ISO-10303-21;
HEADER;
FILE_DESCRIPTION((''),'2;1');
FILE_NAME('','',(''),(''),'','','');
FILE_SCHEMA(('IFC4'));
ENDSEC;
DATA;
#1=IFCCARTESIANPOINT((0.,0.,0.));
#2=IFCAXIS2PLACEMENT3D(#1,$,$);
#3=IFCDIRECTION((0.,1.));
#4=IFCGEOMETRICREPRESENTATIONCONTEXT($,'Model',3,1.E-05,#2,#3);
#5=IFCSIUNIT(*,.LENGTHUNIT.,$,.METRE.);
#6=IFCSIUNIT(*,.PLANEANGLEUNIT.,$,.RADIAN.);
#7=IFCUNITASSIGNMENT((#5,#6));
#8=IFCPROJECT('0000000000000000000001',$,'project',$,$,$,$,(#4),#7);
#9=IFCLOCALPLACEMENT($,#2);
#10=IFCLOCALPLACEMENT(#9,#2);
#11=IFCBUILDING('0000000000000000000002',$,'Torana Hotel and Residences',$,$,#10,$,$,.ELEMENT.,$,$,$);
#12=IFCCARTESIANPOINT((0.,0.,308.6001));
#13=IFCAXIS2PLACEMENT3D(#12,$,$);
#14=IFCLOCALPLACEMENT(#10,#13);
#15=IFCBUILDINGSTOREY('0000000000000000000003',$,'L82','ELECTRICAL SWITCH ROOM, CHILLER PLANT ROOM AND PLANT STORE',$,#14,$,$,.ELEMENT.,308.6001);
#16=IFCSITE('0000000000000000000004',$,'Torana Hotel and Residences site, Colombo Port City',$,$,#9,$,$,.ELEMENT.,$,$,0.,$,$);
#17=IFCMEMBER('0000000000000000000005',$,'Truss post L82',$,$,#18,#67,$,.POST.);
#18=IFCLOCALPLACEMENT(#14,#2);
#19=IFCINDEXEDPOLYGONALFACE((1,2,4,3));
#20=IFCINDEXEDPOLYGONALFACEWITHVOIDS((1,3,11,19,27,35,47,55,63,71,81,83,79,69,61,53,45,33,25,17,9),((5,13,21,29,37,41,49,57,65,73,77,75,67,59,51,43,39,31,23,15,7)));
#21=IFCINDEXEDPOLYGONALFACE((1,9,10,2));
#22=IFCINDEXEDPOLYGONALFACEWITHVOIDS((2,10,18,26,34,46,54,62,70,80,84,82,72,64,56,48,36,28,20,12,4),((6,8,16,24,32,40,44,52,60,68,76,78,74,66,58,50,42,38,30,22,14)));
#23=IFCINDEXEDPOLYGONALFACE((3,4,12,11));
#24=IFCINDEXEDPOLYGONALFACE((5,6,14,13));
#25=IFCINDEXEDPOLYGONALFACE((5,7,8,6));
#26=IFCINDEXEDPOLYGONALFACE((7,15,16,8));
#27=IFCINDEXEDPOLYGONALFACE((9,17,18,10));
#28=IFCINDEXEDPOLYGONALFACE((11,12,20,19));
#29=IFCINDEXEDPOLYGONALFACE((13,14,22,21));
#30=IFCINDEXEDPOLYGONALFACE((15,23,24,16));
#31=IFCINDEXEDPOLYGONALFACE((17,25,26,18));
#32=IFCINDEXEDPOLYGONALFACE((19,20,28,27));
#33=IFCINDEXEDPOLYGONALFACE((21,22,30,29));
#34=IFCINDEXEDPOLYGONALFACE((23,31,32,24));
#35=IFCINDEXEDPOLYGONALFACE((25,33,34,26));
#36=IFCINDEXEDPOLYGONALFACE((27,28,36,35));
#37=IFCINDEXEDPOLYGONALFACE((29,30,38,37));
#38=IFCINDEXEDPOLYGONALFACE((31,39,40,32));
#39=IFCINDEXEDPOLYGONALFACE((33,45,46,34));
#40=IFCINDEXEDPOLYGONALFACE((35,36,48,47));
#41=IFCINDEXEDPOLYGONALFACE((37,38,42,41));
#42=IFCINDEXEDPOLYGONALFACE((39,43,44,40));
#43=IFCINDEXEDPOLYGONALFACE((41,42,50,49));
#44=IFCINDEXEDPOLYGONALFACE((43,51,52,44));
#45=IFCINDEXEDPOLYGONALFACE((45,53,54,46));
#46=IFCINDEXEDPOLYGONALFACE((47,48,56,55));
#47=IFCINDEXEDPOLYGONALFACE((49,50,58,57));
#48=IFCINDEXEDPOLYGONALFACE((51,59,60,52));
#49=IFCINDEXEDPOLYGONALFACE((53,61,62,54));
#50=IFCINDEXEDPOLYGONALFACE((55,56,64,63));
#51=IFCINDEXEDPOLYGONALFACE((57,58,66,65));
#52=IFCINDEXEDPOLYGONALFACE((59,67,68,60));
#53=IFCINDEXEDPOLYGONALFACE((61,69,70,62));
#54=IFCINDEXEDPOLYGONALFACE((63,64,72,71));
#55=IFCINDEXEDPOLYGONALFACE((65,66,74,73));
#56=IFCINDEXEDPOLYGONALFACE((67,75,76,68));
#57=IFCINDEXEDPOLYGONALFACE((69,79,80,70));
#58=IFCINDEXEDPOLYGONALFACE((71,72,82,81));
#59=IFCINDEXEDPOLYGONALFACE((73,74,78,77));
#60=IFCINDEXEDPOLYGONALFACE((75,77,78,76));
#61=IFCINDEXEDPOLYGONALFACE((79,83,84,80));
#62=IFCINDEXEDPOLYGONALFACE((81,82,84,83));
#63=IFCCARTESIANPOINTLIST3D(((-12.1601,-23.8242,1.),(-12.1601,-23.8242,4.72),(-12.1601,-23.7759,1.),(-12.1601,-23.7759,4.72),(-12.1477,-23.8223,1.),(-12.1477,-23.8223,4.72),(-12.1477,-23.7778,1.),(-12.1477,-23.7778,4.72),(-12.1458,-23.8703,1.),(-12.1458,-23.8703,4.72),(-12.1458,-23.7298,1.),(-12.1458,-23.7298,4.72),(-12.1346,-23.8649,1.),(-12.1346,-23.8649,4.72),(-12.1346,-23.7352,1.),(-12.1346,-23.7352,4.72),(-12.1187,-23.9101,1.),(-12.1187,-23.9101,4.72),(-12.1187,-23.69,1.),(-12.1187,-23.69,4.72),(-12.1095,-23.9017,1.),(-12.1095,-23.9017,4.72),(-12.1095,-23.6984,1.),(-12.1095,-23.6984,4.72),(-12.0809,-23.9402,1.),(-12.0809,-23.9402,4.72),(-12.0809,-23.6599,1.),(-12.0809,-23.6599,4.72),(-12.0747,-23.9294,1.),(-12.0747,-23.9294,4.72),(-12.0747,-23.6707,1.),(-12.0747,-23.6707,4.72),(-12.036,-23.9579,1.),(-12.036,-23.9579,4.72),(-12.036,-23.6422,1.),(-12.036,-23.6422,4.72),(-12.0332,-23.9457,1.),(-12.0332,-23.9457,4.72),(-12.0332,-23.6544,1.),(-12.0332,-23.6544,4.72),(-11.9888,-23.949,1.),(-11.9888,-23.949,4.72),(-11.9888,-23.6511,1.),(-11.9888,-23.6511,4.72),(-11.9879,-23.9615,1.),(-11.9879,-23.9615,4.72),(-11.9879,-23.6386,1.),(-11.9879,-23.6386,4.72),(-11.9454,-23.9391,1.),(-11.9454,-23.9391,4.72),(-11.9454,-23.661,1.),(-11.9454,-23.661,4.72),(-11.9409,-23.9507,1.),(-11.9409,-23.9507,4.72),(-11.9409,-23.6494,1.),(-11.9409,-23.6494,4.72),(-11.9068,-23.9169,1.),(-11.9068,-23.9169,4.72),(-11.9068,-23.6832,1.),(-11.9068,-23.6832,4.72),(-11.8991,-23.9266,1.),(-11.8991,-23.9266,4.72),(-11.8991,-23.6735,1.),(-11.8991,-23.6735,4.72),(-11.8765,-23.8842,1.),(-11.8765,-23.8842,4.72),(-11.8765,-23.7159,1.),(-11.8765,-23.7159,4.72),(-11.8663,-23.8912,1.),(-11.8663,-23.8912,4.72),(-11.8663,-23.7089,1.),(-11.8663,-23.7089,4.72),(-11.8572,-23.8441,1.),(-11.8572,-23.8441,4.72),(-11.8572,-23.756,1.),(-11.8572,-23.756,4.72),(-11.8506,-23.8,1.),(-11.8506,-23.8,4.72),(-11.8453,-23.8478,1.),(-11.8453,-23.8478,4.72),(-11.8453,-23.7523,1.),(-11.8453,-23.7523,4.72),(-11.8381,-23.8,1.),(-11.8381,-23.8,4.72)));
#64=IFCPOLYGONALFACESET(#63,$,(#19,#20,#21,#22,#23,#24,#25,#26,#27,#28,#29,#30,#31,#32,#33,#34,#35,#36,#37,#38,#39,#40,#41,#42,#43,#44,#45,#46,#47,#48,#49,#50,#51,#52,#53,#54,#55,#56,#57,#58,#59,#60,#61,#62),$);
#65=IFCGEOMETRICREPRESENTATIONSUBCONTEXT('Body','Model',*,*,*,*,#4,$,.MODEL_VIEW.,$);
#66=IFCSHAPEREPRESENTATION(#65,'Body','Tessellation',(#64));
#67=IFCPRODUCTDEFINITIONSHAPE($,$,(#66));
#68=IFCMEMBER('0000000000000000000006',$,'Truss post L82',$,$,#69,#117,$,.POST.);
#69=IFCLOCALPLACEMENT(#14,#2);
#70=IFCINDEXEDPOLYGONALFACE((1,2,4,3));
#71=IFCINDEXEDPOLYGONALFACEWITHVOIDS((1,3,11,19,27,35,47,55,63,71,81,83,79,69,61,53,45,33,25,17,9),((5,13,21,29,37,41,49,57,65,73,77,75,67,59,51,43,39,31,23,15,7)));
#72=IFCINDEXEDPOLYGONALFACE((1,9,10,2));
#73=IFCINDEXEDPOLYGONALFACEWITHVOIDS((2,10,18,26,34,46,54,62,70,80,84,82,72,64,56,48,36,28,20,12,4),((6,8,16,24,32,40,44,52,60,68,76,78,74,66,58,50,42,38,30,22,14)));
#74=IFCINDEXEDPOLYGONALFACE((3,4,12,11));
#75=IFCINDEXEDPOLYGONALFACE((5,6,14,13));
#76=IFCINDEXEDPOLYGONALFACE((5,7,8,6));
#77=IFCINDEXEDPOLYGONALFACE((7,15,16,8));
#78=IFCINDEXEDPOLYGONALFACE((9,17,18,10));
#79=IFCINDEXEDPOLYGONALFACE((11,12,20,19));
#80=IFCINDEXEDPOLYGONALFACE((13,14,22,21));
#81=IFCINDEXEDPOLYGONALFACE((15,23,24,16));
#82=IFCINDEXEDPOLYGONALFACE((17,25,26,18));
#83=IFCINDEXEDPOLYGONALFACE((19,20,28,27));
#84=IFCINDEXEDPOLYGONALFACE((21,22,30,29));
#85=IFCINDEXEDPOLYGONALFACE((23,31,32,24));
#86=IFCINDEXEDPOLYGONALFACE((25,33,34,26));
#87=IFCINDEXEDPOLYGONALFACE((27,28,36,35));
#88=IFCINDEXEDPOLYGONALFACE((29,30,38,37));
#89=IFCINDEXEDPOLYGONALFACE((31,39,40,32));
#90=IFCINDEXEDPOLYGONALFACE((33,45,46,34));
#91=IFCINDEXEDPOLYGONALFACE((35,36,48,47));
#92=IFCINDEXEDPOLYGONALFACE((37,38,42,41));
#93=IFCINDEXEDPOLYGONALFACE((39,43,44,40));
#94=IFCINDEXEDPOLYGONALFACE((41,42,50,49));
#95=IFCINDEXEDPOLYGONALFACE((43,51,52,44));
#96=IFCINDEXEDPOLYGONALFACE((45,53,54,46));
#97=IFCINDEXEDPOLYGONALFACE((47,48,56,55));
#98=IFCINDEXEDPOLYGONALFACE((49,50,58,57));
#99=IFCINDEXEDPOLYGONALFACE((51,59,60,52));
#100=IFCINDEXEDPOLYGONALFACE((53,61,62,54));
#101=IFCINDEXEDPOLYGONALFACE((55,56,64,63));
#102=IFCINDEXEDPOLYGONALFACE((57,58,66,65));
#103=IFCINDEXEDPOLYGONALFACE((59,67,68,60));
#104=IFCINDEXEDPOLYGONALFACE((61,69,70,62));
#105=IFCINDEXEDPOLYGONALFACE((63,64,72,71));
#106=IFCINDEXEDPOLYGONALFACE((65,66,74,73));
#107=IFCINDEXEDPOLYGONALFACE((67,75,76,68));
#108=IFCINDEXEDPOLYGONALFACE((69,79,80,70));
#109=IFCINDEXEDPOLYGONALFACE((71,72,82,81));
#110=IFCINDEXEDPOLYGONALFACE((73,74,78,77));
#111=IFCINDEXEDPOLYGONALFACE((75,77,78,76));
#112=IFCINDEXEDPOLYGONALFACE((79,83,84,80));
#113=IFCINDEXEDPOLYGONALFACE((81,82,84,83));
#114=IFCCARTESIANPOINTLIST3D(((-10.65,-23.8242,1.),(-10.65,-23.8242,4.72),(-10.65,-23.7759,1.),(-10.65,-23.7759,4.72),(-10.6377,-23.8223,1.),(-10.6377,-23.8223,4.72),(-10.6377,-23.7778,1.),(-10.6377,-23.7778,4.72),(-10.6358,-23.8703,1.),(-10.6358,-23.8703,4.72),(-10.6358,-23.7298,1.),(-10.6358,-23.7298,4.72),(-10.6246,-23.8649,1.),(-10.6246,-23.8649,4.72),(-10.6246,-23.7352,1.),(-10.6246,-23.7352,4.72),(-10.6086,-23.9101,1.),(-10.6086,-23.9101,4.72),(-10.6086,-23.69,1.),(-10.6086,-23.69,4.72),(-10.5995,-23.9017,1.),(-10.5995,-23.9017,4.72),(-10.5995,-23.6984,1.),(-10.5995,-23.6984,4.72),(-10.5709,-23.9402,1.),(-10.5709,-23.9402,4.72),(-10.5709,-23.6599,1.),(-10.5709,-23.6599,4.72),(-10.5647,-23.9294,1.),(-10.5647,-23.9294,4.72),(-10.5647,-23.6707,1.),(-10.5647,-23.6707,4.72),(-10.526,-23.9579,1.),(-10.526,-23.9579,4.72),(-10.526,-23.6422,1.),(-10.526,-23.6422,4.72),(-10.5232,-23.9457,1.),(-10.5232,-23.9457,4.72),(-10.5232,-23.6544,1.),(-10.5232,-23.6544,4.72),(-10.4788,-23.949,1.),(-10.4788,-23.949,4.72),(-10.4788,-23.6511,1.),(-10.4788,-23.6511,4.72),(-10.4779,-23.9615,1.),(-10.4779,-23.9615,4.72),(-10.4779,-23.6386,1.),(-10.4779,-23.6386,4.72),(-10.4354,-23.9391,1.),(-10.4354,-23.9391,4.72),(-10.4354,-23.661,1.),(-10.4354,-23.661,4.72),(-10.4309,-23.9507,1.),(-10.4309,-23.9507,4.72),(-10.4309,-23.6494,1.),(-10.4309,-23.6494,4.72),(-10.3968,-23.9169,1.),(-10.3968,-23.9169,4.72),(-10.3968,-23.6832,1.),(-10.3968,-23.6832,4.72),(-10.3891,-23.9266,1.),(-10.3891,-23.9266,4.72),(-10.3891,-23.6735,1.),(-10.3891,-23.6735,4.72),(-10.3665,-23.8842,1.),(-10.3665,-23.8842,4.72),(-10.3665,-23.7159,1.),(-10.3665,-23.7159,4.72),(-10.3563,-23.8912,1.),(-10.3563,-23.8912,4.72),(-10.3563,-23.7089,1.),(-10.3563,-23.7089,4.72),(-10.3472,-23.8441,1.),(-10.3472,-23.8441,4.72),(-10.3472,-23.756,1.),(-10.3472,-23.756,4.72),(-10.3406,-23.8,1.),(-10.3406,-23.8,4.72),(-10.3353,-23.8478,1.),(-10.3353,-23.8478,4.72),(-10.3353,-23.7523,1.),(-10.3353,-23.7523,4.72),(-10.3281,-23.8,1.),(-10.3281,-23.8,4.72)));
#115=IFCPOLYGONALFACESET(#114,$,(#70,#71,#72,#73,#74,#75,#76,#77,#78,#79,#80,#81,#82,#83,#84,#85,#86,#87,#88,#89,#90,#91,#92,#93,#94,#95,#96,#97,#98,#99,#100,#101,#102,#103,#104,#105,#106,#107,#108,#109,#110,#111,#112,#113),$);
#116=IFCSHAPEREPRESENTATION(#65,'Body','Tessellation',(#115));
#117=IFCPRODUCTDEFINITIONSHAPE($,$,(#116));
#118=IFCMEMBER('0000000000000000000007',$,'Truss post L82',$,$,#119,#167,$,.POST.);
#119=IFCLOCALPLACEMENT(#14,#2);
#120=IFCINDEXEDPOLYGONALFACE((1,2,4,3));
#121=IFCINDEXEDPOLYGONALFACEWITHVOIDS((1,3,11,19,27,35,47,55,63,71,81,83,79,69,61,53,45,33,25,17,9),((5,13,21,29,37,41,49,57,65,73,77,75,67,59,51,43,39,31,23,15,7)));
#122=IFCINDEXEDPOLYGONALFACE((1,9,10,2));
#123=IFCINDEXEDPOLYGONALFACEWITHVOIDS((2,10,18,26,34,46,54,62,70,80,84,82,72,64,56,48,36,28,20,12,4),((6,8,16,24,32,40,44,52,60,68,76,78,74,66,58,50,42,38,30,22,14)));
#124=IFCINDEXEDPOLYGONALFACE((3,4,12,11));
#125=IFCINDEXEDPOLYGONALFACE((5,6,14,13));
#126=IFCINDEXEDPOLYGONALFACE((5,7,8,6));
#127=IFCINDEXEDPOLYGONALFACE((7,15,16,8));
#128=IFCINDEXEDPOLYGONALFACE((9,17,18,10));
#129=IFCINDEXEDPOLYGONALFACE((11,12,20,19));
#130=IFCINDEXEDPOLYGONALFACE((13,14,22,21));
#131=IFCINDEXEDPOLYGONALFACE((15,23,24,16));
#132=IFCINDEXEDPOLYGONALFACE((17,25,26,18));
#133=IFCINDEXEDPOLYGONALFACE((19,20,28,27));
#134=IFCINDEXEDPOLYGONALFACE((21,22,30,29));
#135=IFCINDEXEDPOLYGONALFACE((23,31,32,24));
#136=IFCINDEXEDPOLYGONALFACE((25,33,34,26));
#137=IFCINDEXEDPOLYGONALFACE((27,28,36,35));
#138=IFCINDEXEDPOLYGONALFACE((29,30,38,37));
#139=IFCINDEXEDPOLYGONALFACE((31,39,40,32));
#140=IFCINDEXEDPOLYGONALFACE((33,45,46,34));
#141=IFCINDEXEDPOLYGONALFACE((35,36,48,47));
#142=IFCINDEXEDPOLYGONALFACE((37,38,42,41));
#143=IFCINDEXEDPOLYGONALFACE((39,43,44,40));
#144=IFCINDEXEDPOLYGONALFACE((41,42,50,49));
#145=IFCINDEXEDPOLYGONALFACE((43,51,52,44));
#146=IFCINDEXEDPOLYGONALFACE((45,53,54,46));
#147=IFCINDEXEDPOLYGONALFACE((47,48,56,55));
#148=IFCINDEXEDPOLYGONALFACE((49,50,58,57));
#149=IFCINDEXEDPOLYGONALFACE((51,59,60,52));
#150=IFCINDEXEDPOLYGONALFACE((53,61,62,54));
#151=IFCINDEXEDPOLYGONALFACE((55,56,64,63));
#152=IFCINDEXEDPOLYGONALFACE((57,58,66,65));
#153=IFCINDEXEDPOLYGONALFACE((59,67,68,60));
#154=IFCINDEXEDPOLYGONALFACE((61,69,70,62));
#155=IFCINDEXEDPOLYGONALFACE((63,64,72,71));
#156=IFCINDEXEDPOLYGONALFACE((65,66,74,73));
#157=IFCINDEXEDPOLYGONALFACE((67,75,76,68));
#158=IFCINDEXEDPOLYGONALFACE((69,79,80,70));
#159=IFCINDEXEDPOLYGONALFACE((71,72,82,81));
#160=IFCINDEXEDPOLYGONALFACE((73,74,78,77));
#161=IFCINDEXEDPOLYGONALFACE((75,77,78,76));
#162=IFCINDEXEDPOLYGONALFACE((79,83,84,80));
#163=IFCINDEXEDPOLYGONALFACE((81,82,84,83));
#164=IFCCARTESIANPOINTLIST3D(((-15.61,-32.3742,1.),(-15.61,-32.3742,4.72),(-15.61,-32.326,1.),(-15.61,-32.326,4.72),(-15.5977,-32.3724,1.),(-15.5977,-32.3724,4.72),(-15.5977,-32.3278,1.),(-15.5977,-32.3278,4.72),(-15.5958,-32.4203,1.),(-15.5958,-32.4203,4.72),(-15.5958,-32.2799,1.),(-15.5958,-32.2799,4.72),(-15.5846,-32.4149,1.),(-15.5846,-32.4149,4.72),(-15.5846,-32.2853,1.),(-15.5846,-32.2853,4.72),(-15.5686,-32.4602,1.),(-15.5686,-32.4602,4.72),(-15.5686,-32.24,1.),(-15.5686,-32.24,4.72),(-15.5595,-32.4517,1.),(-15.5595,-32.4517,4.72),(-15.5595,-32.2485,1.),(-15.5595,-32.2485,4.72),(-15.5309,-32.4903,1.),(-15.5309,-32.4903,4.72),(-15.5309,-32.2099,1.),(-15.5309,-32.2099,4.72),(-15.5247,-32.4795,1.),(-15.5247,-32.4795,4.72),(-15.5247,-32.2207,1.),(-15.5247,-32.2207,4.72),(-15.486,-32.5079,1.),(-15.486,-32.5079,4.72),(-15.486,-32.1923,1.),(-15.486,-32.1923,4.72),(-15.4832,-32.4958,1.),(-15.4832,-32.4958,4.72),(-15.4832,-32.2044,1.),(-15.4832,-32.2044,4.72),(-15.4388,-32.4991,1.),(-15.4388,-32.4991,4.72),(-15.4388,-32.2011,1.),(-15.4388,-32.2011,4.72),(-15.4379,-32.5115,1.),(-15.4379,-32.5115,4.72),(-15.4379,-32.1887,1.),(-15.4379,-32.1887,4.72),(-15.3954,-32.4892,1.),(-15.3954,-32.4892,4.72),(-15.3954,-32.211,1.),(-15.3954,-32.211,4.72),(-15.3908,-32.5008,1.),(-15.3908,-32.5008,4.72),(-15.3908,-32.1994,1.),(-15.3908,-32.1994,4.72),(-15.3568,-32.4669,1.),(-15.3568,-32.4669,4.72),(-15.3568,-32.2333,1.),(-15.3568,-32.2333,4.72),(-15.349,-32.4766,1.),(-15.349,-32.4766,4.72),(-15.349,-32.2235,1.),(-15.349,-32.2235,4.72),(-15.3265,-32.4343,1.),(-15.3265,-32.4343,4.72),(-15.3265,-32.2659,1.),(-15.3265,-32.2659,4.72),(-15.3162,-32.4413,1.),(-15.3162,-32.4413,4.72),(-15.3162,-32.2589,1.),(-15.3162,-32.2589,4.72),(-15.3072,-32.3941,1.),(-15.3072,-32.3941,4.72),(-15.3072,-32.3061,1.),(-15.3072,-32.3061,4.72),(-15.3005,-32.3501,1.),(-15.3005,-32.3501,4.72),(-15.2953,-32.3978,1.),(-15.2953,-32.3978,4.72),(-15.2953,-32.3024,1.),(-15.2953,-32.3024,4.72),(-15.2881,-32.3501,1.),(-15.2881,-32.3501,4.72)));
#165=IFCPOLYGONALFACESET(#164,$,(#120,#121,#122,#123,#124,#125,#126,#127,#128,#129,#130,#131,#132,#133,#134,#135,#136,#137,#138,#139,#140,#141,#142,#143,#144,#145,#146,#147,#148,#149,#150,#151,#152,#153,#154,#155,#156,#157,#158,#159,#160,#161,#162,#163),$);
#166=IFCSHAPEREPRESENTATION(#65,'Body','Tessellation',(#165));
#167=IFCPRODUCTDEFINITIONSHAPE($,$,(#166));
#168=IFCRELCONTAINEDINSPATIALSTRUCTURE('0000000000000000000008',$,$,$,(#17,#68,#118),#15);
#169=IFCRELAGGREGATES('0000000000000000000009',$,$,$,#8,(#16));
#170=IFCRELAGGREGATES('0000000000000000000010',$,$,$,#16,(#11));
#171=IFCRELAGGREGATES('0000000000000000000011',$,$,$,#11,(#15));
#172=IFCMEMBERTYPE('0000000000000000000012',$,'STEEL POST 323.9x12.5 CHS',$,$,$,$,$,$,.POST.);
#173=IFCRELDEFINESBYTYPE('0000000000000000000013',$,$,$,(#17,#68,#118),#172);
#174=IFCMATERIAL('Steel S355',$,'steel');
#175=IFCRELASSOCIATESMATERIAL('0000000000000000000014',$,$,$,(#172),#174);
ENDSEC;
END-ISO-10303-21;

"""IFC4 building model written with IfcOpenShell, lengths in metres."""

from ifc_helpers import new_model, si_unit, direction, frame, origin, origin_2d, place, context, subcontext, project, spatial, hollow_circle, extrude, material, material_profile, profile_set, type_object, element, save


model = new_model("IFC4")

# Units and contexts
model_context = context("Model", 3, precision=1e-05, world=origin(), true_north=direction((0.0, 1.0)))
body_context = subcontext(model_context, "Body", "Model", "MODEL_VIEW")
ifc_project = project(units=[si_unit("LENGTHUNIT", "METRE"), si_unit("PLANEANGLEUNIT", "RADIAN")], contexts=[model_context])

# Site, building, storey
site_placement = place(None, origin())
site = spatial("IfcSite", under=ifc_project, at=site_placement, Name="Torana Hotel and Residences site, Colombo Port City", CompositionType="ELEMENT", RefElevation=0.0)
building_placement = place(site_placement, origin())
building = spatial("IfcBuilding", under=site, at=building_placement, Name="Torana Hotel and Residences", CompositionType="ELEMENT")
storey_placement = place(building_placement, frame((0.0, 0.0, 308.6001)))
storey = spatial("IfcBuildingStorey", under=building, at=storey_placement, Name="L82", Description="ELECTRICAL SWITCH ROOM, CHILLER PLANT ROOM AND PLANT STORE", CompositionType="ELEMENT", Elevation=308.6001)

# Members
ifc_material_1 = material(Name="Steel S355", Category="steel")
ifc_material_profile_1 = material_profile(ifc_material_1, hollow_circle(Radius=0.1619, WallThickness=0.0125, at=origin_2d()), Name="323.9x12.5 CHS")
ifc_profile_set_1 = profile_set([ifc_material_profile_1], Name="Steel S355")
member_type_1 = type_object("IfcMemberType", Name="STEEL POST 323.9x12.5 CHS", PredefinedType="POST", material=ifc_profile_set_1)
for number, where, z_axis, x_axis, name in (
    (1, (-12.0, -23.8, 1.0), (0.0, 0.0, 1.0), (1.0, 0.0, 0.0), "Truss post L82"),
    (2, (-10.49, -23.8, 1.0), (0.0, 0.0, 1.0), (1.0, 0.0, 0.0), "Truss post L82"),
    (3, (-15.45, -32.3501, 1.0), (0.0, 0.0, 1.0), (1.0, 0.0, 0.0), "Truss post L82"),
):
    element("IfcMember", number, at=place(storey_placement, frame(where, z_axis=z_axis, x_axis=x_axis)), inside=storey, type_object=member_type_1, Name=name, PredefinedType="POST", context=body_context, shape_type="SweptSolid", body=[
        extrude(hollow_circle(Radius=0.1619, WallThickness=0.0125, at=origin_2d()), origin(), (0.0, 0.0, 1.0), 3.72),
    ])

save(model, "model.ifc")
